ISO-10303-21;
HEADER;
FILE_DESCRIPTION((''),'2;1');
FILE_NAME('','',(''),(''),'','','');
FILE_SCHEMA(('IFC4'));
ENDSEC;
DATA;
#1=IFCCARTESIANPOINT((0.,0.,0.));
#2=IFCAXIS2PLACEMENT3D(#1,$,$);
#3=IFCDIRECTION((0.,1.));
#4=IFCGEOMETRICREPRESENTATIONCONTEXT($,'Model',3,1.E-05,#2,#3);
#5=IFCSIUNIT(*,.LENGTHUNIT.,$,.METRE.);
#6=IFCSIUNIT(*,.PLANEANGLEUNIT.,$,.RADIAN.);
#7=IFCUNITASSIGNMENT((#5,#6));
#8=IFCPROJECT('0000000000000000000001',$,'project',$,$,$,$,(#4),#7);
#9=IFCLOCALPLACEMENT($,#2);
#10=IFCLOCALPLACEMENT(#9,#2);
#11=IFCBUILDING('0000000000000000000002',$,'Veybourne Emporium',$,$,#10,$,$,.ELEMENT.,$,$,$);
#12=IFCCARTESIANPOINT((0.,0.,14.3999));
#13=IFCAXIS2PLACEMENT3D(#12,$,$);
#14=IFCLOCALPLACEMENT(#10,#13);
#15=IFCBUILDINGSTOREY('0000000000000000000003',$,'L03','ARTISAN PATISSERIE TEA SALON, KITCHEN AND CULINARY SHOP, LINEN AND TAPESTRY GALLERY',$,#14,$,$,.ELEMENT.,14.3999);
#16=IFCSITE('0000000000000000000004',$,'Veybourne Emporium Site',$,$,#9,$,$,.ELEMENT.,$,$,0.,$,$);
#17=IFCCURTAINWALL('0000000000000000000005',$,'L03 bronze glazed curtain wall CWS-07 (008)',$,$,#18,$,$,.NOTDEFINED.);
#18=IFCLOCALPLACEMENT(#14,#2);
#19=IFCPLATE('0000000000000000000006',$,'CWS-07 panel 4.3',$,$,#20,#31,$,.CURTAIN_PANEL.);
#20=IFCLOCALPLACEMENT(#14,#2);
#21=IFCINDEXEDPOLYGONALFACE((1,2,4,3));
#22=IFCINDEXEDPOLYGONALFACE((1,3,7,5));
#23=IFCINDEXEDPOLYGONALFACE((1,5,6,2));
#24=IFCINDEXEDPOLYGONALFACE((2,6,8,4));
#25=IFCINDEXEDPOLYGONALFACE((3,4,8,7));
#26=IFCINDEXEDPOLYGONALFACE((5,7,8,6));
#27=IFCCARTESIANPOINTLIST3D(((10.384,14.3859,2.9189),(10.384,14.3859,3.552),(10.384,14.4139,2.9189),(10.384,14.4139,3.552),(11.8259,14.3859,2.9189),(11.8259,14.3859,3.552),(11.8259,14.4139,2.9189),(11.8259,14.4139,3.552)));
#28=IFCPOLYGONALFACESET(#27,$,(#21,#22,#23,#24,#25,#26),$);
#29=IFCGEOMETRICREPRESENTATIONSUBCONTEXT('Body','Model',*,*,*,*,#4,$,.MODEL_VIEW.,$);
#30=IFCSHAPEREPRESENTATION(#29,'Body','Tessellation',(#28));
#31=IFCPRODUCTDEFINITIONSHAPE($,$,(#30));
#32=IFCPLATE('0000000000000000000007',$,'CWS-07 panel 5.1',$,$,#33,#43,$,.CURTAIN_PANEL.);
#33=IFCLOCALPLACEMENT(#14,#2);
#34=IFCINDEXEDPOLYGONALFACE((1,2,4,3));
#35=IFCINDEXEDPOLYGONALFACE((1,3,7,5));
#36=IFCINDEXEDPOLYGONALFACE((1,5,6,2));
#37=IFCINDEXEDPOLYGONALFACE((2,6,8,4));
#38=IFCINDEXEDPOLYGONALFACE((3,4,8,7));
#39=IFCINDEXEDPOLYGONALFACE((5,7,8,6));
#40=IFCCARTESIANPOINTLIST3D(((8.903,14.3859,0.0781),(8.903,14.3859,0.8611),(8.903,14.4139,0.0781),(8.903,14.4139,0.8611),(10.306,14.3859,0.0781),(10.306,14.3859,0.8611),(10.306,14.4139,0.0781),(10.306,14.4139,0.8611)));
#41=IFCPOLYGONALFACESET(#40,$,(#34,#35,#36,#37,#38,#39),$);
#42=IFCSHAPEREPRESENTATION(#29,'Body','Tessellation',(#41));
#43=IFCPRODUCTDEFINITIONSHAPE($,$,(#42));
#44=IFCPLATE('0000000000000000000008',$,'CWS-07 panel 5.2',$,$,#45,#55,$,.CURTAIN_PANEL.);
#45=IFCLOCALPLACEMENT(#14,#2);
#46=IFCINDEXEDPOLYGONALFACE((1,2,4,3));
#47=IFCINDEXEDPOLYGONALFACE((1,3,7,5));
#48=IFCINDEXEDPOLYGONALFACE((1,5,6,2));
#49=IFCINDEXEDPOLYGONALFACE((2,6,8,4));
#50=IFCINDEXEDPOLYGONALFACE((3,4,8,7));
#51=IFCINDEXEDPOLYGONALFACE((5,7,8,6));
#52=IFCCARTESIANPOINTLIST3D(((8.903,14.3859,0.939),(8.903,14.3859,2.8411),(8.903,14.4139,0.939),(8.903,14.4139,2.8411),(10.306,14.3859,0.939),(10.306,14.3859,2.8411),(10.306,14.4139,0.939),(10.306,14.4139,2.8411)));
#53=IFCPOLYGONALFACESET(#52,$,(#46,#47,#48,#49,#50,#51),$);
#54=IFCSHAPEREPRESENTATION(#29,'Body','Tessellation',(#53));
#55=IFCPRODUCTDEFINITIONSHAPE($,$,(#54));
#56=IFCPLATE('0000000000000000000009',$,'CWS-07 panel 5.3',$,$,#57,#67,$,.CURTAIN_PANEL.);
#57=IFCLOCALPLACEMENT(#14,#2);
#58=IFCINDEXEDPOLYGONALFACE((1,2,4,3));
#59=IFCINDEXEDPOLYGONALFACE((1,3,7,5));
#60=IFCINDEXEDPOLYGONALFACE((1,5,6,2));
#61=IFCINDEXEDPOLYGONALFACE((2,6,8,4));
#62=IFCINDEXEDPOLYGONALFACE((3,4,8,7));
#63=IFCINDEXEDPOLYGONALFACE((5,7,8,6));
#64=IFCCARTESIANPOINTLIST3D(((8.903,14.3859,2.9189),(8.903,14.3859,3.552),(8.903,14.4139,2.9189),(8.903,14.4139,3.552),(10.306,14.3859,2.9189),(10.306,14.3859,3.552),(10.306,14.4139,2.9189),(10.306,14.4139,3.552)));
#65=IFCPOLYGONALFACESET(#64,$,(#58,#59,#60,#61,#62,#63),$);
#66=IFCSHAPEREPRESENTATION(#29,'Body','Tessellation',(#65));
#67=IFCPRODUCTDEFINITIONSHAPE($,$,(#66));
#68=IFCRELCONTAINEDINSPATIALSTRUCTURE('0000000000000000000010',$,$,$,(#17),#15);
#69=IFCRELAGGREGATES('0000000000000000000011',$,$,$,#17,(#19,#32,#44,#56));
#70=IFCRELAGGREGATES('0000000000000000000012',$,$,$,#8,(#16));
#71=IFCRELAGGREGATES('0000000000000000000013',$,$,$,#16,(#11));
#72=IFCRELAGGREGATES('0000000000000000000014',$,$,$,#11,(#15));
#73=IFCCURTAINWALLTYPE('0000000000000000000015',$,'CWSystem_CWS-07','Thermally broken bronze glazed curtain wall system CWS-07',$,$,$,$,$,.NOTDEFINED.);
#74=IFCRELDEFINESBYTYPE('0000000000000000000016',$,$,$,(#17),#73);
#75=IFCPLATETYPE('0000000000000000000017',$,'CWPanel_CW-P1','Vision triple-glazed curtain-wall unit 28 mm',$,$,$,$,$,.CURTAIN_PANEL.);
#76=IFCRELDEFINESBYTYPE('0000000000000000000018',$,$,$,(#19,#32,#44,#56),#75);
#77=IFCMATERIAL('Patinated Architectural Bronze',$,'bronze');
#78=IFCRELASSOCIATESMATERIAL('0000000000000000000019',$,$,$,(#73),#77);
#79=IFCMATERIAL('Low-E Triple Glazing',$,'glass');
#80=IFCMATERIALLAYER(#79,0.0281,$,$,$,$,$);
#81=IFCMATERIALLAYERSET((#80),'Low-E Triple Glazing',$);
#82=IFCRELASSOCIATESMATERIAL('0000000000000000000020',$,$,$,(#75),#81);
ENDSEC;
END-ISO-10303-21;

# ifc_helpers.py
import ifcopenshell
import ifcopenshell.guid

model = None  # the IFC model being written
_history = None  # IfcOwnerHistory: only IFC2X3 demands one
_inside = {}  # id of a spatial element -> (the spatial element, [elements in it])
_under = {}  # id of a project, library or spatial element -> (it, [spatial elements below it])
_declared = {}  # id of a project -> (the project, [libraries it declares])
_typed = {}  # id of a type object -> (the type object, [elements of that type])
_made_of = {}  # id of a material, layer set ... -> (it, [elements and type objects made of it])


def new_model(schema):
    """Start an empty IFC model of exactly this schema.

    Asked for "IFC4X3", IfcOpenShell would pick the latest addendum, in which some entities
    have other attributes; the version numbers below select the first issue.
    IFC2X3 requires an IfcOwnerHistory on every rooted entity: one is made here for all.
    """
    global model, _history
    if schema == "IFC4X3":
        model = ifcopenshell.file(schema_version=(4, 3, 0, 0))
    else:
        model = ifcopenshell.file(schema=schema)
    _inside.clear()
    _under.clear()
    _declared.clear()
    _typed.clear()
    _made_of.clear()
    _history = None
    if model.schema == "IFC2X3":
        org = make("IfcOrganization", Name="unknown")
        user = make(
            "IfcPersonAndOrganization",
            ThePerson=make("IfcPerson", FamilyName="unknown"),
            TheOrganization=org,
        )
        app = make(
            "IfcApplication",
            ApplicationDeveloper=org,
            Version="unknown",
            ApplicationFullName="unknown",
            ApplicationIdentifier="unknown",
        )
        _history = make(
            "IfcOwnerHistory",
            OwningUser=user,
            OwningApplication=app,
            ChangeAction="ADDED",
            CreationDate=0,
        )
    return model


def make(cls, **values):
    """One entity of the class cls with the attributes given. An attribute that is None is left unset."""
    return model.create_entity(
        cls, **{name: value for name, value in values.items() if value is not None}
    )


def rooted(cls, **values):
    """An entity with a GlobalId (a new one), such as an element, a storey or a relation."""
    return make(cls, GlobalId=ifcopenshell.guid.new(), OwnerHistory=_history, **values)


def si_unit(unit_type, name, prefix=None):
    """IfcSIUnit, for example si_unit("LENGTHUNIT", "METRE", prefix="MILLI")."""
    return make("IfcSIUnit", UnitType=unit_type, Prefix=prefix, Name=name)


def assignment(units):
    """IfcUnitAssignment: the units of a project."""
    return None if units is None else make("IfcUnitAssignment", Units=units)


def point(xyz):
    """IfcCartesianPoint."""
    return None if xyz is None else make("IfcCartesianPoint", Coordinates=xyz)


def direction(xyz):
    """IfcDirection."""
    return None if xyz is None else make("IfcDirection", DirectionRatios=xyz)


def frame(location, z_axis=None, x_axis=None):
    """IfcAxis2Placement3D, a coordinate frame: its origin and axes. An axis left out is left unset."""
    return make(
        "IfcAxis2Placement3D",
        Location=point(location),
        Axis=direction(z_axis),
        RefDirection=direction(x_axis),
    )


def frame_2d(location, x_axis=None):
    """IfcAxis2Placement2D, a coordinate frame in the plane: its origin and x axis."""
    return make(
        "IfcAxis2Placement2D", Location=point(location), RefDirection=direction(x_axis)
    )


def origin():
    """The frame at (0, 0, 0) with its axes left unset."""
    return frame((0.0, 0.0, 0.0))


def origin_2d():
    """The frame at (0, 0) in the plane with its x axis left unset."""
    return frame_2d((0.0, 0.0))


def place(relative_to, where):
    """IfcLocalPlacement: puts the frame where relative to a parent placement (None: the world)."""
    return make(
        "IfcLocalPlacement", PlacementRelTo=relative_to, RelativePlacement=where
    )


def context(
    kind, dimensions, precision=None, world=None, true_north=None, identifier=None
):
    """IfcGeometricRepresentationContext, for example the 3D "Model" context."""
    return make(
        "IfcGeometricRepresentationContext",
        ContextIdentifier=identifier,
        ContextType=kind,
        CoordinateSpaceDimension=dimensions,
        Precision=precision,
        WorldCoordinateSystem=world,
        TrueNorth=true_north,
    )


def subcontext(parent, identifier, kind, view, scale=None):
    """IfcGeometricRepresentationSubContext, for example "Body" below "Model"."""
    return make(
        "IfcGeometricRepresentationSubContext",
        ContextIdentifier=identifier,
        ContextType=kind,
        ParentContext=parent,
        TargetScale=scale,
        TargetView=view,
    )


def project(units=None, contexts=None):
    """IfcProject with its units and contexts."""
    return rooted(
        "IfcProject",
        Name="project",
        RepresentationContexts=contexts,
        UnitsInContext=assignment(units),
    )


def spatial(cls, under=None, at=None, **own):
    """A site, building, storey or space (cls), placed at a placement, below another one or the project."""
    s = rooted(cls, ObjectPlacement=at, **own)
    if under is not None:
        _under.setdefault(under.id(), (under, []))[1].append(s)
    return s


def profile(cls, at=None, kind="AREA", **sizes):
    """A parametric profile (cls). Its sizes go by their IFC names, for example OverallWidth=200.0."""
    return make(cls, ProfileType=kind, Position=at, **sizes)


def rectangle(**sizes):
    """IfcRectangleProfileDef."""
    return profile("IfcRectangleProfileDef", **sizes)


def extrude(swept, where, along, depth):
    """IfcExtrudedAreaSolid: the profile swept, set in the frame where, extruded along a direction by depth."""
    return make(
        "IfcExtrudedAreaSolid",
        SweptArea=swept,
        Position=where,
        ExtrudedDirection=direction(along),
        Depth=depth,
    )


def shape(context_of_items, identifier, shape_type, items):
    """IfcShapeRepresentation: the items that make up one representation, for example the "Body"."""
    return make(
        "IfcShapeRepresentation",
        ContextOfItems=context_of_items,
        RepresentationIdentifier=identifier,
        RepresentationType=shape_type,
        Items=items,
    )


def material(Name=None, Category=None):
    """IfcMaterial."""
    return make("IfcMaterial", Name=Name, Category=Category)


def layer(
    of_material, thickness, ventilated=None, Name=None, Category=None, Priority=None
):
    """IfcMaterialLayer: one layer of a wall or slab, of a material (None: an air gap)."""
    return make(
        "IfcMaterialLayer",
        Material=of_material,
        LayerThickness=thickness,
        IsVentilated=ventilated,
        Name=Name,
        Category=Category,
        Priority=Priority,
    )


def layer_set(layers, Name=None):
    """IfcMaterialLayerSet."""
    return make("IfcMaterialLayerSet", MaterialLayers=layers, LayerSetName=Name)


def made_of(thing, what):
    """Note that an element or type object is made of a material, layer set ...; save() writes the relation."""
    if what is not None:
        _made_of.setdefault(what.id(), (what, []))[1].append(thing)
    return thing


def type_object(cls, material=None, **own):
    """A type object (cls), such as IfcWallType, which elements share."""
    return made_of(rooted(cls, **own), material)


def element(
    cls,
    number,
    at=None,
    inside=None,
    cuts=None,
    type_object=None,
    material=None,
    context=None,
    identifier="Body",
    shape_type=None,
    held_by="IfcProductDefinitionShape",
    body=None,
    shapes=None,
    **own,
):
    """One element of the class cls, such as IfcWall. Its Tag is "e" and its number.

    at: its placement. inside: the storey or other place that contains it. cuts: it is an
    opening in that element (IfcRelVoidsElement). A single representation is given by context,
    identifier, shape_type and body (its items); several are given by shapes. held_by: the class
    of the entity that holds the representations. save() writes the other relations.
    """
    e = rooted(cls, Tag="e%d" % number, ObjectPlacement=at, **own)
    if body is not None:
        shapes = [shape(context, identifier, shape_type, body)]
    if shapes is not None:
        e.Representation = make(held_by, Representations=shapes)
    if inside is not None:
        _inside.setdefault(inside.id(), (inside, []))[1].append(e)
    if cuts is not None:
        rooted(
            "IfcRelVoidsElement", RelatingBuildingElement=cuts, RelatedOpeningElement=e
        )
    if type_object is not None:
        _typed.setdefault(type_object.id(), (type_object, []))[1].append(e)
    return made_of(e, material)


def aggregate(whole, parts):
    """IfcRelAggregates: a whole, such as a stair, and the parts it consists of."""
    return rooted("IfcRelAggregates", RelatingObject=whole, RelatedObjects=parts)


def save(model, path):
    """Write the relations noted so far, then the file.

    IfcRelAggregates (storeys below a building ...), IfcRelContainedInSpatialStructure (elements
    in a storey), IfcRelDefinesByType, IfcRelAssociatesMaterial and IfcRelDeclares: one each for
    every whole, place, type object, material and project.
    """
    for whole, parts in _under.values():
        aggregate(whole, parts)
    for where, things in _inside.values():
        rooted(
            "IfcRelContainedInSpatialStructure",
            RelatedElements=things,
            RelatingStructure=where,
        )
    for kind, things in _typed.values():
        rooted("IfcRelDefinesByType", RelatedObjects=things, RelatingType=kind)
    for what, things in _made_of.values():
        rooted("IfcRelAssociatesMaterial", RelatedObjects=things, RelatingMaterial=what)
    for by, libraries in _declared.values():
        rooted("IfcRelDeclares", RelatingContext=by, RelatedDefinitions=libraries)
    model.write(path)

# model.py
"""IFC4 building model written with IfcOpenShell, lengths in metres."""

from ifc_helpers import new_model, si_unit, direction, frame, origin, origin_2d, place, context, subcontext, project, spatial, rectangle, extrude, material, layer, layer_set, type_object, element, aggregate, save


model = new_model("IFC4")

# Units and contexts
model_context = context("Model", 3, precision=1e-05, world=origin(), true_north=direction((0.0, 1.0)))
body_context = subcontext(model_context, "Body", "Model", "MODEL_VIEW")
ifc_project = project(units=[si_unit("LENGTHUNIT", "METRE"), si_unit("PLANEANGLEUNIT", "RADIAN")], contexts=[model_context])

# Site, building, storey
site_placement = place(None, origin())
site = spatial("IfcSite", under=ifc_project, at=site_placement, Name="Veybourne Emporium Site", CompositionType="ELEMENT", RefElevation=0.0)
building_placement = place(site_placement, origin())
building = spatial("IfcBuilding", under=site, at=building_placement, Name="Veybourne Emporium", CompositionType="ELEMENT")
storey_placement = place(building_placement, frame((0.0, 0.0, 14.3999)))
storey = spatial("IfcBuildingStorey", under=building, at=storey_placement, Name="L03", Description="ARTISAN PATISSERIE TEA SALON, KITCHEN AND CULINARY SHOP, LINEN AND TAPESTRY GALLERY", CompositionType="ELEMENT", Elevation=14.3999)

# Shared definitions
ifc_material_1 = material(Name="Patinated Architectural Bronze", Category="bronze")

# Curtain wall
curtain_wall_type_1 = type_object("IfcCurtainWallType", Name="CWSystem_CWS-07", Description="Thermally broken bronze glazed curtain wall system CWS-07", PredefinedType="NOTDEFINED", material=ifc_material_1)
curtain_wall_1_placement = place(storey_placement, origin())
curtain_wall_1 = element("IfcCurtainWall", 1, at=curtain_wall_1_placement, inside=storey, type_object=curtain_wall_type_1, Name="L03 bronze glazed curtain wall CWS-07 (008)", PredefinedType="NOTDEFINED")

# Plates
ifc_material_2 = material(Name="Low-E Triple Glazing", Category="glass")
ifc_layer = layer(ifc_material_2, 0.0281)
ifc_layer_set = layer_set([ifc_layer], Name="Low-E Triple Glazing")
plate_type = type_object("IfcPlateType", Name="CWPanel_CW-P1", Description="Vision triple-glazed curtain-wall unit 28 mm", PredefinedType="CURTAIN_PANEL", material=ifc_layer_set)
plate_1_placement = place(storey_placement, frame((11.105, 14.3999, 2.9189), z_axis=(0.0, 0.0, 1.0), x_axis=(-1.0, 0.0, 0.0)))
plate_1 = element("IfcPlate", 2, at=plate_1_placement, type_object=plate_type, Name="CWS-07 panel 4.3", PredefinedType="CURTAIN_PANEL", context=body_context, shape_type="SweptSolid", body=[
    extrude(rectangle(XDim=1.4419, YDim=0.0281, at=origin_2d()), origin(), (0.0, 0.0, 1.0), 0.6331),
])
plate_2_placement = place(storey_placement, frame((9.6045, 14.3999, 0.0781), z_axis=(0.0, 0.0, 1.0), x_axis=(-1.0, 0.0, 0.0)))
plate_2 = element("IfcPlate", 3, at=plate_2_placement, type_object=plate_type, Name="CWS-07 panel 5.1", PredefinedType="CURTAIN_PANEL", context=body_context, shape_type="SweptSolid", body=[
    extrude(rectangle(XDim=1.4031, YDim=0.0281, at=origin_2d()), origin(), (0.0, 0.0, 1.0), 0.783),
])
plate_3_placement = place(storey_placement, frame((9.6045, 14.3999, 0.939), z_axis=(0.0, 0.0, 1.0), x_axis=(-1.0, 0.0, 0.0)))
plate_3 = element("IfcPlate", 4, at=plate_3_placement, type_object=plate_type, Name="CWS-07 panel 5.2", PredefinedType="CURTAIN_PANEL", context=body_context, shape_type="SweptSolid", body=[
    extrude(rectangle(XDim=1.4031, YDim=0.0281, at=origin_2d()), origin(), (0.0, 0.0, 1.0), 1.9021),
])
plate_4_placement = place(storey_placement, frame((9.6045, 14.3999, 2.9189), z_axis=(0.0, 0.0, 1.0), x_axis=(-1.0, 0.0, 0.0)))
plate_4 = element("IfcPlate", 5, at=plate_4_placement, type_object=plate_type, Name="CWS-07 panel 5.3", PredefinedType="CURTAIN_PANEL", context=body_context, shape_type="SweptSolid", body=[
    extrude(rectangle(XDim=1.4031, YDim=0.0281, at=origin_2d()), origin(), (0.0, 0.0, 1.0), 0.6331),
])
aggregate(curtain_wall_1, [plate_1, plate_2, plate_3, plate_4])

save(model, "model.ifc")
